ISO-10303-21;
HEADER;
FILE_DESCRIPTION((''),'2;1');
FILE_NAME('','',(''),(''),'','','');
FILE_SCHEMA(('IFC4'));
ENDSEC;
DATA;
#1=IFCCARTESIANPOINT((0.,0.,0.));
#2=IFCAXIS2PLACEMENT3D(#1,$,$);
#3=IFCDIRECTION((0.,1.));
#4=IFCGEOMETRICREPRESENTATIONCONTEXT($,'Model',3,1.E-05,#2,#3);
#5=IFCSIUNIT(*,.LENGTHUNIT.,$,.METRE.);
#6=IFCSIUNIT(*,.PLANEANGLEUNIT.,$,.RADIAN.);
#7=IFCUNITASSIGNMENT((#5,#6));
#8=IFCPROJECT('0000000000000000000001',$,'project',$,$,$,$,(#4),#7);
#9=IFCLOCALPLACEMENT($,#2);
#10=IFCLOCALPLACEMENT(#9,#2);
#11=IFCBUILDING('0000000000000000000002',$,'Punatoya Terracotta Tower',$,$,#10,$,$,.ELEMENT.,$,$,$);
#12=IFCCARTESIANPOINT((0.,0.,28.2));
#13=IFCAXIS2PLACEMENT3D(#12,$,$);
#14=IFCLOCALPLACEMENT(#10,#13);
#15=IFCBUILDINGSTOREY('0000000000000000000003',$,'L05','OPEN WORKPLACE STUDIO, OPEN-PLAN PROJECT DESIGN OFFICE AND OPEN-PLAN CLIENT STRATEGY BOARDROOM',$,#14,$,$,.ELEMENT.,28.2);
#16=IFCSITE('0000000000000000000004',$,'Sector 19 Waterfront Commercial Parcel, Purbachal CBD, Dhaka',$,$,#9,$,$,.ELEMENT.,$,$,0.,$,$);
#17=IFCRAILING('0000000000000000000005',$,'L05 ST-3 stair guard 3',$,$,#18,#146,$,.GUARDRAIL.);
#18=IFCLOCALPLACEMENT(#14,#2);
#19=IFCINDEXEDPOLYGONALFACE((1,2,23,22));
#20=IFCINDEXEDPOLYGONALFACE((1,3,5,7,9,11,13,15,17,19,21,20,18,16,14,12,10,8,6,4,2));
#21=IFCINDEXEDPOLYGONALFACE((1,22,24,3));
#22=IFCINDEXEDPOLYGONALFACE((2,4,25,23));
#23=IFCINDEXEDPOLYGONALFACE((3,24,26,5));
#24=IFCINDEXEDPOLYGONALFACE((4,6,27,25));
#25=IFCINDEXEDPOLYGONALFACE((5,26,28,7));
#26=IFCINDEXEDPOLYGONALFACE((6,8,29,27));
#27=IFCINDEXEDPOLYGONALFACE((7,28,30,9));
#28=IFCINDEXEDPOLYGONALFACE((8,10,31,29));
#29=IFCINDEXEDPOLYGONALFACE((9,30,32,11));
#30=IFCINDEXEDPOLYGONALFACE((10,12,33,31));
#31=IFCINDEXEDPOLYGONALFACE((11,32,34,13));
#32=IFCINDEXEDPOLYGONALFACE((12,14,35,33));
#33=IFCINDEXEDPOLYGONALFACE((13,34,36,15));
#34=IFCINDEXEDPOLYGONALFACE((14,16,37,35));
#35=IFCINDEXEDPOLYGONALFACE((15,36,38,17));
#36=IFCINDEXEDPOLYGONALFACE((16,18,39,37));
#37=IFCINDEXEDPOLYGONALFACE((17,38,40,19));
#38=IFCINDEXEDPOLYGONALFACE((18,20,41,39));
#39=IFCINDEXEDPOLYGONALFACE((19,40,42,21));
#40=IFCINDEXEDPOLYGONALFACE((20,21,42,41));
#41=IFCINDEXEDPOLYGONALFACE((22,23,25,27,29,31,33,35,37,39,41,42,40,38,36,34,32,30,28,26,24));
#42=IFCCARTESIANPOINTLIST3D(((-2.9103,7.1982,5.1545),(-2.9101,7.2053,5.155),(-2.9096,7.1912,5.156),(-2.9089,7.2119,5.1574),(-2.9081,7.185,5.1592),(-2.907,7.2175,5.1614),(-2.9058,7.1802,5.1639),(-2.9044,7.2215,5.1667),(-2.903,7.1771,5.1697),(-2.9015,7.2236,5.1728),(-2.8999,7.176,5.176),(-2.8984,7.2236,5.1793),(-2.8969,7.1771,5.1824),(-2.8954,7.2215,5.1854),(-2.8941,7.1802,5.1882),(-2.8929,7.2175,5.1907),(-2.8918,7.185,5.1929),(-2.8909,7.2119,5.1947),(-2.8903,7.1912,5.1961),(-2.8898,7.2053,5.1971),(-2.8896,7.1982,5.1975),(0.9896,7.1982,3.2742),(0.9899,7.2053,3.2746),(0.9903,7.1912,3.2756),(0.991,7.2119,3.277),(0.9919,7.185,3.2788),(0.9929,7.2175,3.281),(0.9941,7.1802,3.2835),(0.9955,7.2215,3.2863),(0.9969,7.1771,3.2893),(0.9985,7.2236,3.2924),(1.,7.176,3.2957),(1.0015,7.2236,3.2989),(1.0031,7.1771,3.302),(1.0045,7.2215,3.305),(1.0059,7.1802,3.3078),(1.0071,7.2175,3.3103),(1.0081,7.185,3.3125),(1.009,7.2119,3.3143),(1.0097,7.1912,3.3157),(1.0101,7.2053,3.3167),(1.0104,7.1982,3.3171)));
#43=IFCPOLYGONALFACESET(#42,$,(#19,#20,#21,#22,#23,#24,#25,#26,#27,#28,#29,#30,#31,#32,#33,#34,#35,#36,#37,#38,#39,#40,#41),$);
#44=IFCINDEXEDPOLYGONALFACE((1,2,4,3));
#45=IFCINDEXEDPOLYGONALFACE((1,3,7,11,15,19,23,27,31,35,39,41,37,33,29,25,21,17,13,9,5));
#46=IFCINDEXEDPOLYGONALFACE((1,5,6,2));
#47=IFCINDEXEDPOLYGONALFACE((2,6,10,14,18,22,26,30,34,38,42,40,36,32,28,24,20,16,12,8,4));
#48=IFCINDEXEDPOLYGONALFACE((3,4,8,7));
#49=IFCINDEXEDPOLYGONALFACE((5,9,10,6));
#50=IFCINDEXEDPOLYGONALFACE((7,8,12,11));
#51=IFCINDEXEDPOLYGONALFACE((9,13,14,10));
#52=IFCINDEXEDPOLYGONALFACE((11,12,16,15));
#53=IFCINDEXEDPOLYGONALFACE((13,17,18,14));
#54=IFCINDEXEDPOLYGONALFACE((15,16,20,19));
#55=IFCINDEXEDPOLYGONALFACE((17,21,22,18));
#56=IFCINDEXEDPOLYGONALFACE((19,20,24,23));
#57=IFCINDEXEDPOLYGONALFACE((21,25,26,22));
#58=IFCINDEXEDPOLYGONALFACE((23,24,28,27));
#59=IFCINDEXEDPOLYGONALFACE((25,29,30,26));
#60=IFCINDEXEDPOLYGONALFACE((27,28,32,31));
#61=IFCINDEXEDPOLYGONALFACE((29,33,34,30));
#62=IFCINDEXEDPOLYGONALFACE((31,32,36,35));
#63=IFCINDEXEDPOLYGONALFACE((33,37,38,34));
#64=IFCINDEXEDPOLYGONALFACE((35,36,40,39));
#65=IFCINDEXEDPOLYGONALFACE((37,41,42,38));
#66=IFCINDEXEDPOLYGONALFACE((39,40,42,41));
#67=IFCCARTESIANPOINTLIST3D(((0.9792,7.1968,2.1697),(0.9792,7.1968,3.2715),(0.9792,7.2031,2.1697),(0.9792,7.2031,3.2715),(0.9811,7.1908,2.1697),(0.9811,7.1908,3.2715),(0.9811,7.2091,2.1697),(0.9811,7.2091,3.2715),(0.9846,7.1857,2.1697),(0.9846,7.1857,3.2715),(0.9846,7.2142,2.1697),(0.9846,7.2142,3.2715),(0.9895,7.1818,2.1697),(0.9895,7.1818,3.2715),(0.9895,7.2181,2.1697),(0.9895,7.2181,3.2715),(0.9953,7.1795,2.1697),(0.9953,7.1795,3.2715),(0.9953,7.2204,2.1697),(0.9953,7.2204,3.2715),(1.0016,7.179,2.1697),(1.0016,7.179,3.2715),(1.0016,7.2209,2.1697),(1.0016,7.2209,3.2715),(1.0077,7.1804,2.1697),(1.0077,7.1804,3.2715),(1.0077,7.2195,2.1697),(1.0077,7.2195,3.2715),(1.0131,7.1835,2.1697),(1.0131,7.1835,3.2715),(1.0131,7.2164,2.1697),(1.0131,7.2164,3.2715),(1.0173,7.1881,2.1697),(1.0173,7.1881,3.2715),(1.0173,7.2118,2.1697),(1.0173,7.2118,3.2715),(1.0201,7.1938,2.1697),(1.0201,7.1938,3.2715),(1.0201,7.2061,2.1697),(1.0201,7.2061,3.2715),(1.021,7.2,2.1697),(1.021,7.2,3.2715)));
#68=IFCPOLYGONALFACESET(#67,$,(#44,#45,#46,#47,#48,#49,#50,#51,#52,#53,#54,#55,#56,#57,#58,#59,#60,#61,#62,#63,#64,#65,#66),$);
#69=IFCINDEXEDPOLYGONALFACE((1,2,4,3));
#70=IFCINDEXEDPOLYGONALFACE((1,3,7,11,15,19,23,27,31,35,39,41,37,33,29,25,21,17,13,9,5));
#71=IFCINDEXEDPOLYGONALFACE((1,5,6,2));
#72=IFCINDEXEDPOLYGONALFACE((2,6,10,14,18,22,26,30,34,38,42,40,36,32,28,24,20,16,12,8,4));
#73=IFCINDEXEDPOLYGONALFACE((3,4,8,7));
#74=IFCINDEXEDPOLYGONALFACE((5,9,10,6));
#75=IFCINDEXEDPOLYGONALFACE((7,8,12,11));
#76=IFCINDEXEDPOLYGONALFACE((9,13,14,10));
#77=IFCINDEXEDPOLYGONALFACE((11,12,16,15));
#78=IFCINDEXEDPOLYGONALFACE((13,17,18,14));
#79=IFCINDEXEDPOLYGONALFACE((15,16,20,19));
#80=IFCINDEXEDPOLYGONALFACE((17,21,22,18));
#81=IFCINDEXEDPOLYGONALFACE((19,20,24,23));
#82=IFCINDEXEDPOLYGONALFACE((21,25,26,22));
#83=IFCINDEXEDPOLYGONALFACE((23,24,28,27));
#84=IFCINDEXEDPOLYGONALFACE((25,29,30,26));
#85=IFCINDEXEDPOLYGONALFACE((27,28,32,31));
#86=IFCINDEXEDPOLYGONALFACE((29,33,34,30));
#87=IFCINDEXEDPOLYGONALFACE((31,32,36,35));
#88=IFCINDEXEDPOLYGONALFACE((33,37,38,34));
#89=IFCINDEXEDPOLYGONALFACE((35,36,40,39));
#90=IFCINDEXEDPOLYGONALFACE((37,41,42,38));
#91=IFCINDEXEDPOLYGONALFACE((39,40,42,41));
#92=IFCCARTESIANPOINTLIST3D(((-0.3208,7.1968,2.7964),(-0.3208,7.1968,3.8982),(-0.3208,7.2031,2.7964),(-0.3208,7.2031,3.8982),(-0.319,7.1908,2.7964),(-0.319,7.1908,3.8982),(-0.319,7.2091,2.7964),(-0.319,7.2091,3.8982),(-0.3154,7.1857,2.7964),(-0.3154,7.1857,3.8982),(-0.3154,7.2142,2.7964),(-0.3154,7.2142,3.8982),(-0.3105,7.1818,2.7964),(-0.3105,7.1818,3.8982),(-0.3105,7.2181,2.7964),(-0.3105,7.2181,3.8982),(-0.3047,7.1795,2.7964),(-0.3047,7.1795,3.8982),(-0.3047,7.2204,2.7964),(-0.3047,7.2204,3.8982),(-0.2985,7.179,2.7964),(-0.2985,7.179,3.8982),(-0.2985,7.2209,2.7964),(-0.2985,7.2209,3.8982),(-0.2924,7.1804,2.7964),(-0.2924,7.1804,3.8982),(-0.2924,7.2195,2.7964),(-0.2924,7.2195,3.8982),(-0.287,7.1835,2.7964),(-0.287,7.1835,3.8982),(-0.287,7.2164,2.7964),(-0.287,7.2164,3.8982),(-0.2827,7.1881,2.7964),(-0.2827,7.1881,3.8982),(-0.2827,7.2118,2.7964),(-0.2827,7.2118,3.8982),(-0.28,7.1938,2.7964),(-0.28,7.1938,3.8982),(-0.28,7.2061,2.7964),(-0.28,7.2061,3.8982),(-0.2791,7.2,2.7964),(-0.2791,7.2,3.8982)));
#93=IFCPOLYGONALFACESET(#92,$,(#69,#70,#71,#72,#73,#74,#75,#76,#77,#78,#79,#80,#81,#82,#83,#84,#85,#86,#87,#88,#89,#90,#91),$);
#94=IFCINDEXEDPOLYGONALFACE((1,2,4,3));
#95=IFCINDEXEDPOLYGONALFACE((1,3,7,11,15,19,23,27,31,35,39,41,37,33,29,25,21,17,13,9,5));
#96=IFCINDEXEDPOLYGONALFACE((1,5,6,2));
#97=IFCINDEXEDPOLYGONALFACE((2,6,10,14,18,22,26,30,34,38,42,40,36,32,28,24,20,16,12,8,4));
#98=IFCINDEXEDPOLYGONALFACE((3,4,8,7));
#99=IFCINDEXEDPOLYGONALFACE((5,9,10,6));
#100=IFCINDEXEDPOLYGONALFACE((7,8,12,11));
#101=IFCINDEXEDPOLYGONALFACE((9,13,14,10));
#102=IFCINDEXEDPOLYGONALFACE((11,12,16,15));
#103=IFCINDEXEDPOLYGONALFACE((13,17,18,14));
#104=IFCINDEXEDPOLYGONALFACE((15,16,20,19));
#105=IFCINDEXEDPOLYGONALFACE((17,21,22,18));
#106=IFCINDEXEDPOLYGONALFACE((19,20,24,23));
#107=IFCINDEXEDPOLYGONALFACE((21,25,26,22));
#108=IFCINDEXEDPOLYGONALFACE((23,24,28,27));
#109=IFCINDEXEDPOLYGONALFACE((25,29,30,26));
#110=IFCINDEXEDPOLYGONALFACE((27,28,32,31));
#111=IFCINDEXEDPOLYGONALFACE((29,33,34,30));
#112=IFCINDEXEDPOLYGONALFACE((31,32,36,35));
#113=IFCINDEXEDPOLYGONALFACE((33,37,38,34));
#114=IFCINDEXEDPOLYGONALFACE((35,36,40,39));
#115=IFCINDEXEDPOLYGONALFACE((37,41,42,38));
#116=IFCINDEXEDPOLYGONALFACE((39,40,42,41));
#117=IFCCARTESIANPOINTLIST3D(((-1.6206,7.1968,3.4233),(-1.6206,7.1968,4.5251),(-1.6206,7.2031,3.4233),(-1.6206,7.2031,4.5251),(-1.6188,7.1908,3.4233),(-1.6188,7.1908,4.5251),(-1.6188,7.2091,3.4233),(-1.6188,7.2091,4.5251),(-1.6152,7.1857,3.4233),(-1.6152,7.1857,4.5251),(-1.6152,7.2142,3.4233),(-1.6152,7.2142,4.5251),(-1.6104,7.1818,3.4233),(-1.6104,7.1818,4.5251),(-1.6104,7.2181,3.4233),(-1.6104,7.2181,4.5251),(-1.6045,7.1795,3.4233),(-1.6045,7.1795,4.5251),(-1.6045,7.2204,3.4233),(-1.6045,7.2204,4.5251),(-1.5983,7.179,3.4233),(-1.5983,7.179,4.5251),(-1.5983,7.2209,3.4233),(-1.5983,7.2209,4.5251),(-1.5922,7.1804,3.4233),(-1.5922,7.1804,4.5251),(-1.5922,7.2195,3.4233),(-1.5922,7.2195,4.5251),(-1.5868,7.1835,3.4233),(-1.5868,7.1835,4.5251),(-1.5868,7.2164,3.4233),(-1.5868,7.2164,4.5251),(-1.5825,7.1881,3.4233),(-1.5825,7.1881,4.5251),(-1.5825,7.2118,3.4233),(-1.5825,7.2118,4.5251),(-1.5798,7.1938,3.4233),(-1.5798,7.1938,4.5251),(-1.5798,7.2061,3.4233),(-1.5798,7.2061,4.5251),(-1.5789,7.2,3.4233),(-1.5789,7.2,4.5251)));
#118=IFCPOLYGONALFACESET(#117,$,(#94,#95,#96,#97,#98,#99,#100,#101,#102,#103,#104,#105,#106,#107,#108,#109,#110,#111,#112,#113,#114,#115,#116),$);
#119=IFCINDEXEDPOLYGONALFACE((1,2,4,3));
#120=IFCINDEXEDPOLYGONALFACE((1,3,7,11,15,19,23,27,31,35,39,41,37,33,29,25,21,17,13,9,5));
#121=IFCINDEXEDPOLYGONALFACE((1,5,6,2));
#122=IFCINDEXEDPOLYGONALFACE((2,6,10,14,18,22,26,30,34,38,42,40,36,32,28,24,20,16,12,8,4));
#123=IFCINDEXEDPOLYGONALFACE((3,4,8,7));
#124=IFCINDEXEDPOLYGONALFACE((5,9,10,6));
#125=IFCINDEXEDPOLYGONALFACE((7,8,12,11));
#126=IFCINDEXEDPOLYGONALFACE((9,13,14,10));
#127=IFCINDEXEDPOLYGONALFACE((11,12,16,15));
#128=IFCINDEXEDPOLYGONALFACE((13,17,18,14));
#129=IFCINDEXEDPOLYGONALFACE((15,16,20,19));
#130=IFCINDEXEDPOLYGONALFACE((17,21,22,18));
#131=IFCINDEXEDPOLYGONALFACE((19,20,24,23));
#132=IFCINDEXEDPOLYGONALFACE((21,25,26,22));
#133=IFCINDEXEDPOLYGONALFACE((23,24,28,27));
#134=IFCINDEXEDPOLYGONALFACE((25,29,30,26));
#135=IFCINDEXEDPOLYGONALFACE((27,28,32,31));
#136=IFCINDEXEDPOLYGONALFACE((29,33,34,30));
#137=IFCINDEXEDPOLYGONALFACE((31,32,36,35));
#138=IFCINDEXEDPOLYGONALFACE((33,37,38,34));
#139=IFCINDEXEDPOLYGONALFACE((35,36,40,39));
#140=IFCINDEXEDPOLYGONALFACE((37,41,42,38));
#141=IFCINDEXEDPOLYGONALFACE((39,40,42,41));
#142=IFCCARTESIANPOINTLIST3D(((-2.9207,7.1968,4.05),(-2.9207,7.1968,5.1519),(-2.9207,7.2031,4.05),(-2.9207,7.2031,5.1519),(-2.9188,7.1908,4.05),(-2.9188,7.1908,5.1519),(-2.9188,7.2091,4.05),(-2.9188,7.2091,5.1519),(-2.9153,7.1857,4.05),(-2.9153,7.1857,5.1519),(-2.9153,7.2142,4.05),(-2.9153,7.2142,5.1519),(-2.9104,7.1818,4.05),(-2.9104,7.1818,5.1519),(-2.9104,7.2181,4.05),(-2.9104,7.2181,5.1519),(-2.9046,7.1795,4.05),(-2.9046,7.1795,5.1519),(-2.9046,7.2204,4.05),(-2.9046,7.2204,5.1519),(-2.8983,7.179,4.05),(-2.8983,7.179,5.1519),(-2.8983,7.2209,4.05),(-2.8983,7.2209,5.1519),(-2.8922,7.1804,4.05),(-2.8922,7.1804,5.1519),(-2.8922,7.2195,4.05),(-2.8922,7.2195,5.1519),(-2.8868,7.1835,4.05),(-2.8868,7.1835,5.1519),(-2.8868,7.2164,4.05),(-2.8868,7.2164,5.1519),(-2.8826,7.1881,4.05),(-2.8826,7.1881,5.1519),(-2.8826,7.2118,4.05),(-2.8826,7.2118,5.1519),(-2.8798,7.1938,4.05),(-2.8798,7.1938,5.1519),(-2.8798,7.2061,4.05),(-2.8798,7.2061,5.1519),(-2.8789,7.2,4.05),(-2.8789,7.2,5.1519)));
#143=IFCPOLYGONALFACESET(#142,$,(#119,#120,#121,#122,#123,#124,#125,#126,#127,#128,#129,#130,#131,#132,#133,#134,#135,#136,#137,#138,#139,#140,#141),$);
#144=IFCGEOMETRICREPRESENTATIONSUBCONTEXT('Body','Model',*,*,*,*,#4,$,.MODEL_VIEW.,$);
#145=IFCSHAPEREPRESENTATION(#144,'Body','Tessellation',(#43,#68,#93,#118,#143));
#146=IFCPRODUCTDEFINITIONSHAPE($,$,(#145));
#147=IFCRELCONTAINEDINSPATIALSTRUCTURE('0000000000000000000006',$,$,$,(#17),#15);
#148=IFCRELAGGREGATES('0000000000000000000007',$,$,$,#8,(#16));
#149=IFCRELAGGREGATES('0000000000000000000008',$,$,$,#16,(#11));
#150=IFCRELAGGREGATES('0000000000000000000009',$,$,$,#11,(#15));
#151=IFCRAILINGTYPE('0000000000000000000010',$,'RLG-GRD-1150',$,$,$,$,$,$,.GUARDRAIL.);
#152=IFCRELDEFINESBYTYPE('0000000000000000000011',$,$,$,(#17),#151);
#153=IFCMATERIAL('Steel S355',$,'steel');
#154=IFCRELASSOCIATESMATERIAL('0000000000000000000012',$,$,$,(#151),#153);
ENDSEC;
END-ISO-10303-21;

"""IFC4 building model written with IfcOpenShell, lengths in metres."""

from ifc_helpers import new_model, si_unit, direction, frame, origin, origin_2d, place, context, subcontext, project, spatial, circle, extrude, material, type_object, element, save


model = new_model("IFC4")

# Units and contexts
model_context = context("Model", 3, precision=1e-05, world=origin(), true_north=direction((0.0, 1.0)))
body_context = subcontext(model_context, "Body", "Model", "MODEL_VIEW")
ifc_project = project(units=[si_unit("LENGTHUNIT", "METRE"), si_unit("PLANEANGLEUNIT", "RADIAN")], contexts=[model_context])

# Site, building, storey
site_placement = place(None, origin())
site = spatial("IfcSite", under=ifc_project, at=site_placement, Name="Sector 19 Waterfront Commercial Parcel, Purbachal CBD, Dhaka", CompositionType="ELEMENT", RefElevation=0.0)
building_placement = place(site_placement, origin())
building = spatial("IfcBuilding", under=site, at=building_placement, Name="Punatoya Terracotta Tower", CompositionType="ELEMENT")
storey_placement = place(building_placement, frame((0.0, 0.0, 28.2)))
storey = spatial("IfcBuildingStorey", under=building, at=storey_placement, Name="L05", Description="OPEN WORKPLACE STUDIO, OPEN-PLAN PROJECT DESIGN OFFICE AND OPEN-PLAN CLIENT STRATEGY BOARDROOM", CompositionType="ELEMENT", Elevation=28.2)

# Shared definitions
ifc_material_1 = material(Name="Steel S355", Category="steel")

# Railing
railing_type_1 = type_object("IfcRailingType", Name="RLG-GRD-1150", PredefinedType="GUARDRAIL", material=ifc_material_1)
railing_1_placement = place(storey_placement, frame((1.0, 7.2, 2.1697)))
element("IfcRailing", 1, at=railing_1_placement, inside=storey, type_object=railing_type_1, Name="L05 ST-3 stair guard 3", PredefinedType="GUARDRAIL", context=body_context, shape_type="SweptSolid", body=[
    extrude(circle(Radius=0.0239, at=origin_2d()), frame((0.0, 0.0, 1.126), z_axis=(-0.900763, 0.0, 0.434311), x_axis=(0.0, -1.0, 0.0)), (0.0, 0.0, 1.0), 4.3296),
    extrude(circle(Radius=0.021, at=origin_2d()), origin(), (0.0, 0.0, 1.0), 1.1018),
    extrude(circle(Radius=0.021, at=origin_2d()), frame((-1.3, 0.0, 0.6267)), (0.0, 0.0, 1.0), 1.1018),
    extrude(circle(Radius=0.021, at=origin_2d()), frame((-2.5999, 0.0, 1.2537)), (0.0, 0.0, 1.0), 1.1018),
    extrude(circle(Radius=0.021, at=origin_2d()), frame((-3.8999, 0.0, 1.8804)), (0.0, 0.0, 1.0), 1.1018),
])

save(model, "model.ifc")
